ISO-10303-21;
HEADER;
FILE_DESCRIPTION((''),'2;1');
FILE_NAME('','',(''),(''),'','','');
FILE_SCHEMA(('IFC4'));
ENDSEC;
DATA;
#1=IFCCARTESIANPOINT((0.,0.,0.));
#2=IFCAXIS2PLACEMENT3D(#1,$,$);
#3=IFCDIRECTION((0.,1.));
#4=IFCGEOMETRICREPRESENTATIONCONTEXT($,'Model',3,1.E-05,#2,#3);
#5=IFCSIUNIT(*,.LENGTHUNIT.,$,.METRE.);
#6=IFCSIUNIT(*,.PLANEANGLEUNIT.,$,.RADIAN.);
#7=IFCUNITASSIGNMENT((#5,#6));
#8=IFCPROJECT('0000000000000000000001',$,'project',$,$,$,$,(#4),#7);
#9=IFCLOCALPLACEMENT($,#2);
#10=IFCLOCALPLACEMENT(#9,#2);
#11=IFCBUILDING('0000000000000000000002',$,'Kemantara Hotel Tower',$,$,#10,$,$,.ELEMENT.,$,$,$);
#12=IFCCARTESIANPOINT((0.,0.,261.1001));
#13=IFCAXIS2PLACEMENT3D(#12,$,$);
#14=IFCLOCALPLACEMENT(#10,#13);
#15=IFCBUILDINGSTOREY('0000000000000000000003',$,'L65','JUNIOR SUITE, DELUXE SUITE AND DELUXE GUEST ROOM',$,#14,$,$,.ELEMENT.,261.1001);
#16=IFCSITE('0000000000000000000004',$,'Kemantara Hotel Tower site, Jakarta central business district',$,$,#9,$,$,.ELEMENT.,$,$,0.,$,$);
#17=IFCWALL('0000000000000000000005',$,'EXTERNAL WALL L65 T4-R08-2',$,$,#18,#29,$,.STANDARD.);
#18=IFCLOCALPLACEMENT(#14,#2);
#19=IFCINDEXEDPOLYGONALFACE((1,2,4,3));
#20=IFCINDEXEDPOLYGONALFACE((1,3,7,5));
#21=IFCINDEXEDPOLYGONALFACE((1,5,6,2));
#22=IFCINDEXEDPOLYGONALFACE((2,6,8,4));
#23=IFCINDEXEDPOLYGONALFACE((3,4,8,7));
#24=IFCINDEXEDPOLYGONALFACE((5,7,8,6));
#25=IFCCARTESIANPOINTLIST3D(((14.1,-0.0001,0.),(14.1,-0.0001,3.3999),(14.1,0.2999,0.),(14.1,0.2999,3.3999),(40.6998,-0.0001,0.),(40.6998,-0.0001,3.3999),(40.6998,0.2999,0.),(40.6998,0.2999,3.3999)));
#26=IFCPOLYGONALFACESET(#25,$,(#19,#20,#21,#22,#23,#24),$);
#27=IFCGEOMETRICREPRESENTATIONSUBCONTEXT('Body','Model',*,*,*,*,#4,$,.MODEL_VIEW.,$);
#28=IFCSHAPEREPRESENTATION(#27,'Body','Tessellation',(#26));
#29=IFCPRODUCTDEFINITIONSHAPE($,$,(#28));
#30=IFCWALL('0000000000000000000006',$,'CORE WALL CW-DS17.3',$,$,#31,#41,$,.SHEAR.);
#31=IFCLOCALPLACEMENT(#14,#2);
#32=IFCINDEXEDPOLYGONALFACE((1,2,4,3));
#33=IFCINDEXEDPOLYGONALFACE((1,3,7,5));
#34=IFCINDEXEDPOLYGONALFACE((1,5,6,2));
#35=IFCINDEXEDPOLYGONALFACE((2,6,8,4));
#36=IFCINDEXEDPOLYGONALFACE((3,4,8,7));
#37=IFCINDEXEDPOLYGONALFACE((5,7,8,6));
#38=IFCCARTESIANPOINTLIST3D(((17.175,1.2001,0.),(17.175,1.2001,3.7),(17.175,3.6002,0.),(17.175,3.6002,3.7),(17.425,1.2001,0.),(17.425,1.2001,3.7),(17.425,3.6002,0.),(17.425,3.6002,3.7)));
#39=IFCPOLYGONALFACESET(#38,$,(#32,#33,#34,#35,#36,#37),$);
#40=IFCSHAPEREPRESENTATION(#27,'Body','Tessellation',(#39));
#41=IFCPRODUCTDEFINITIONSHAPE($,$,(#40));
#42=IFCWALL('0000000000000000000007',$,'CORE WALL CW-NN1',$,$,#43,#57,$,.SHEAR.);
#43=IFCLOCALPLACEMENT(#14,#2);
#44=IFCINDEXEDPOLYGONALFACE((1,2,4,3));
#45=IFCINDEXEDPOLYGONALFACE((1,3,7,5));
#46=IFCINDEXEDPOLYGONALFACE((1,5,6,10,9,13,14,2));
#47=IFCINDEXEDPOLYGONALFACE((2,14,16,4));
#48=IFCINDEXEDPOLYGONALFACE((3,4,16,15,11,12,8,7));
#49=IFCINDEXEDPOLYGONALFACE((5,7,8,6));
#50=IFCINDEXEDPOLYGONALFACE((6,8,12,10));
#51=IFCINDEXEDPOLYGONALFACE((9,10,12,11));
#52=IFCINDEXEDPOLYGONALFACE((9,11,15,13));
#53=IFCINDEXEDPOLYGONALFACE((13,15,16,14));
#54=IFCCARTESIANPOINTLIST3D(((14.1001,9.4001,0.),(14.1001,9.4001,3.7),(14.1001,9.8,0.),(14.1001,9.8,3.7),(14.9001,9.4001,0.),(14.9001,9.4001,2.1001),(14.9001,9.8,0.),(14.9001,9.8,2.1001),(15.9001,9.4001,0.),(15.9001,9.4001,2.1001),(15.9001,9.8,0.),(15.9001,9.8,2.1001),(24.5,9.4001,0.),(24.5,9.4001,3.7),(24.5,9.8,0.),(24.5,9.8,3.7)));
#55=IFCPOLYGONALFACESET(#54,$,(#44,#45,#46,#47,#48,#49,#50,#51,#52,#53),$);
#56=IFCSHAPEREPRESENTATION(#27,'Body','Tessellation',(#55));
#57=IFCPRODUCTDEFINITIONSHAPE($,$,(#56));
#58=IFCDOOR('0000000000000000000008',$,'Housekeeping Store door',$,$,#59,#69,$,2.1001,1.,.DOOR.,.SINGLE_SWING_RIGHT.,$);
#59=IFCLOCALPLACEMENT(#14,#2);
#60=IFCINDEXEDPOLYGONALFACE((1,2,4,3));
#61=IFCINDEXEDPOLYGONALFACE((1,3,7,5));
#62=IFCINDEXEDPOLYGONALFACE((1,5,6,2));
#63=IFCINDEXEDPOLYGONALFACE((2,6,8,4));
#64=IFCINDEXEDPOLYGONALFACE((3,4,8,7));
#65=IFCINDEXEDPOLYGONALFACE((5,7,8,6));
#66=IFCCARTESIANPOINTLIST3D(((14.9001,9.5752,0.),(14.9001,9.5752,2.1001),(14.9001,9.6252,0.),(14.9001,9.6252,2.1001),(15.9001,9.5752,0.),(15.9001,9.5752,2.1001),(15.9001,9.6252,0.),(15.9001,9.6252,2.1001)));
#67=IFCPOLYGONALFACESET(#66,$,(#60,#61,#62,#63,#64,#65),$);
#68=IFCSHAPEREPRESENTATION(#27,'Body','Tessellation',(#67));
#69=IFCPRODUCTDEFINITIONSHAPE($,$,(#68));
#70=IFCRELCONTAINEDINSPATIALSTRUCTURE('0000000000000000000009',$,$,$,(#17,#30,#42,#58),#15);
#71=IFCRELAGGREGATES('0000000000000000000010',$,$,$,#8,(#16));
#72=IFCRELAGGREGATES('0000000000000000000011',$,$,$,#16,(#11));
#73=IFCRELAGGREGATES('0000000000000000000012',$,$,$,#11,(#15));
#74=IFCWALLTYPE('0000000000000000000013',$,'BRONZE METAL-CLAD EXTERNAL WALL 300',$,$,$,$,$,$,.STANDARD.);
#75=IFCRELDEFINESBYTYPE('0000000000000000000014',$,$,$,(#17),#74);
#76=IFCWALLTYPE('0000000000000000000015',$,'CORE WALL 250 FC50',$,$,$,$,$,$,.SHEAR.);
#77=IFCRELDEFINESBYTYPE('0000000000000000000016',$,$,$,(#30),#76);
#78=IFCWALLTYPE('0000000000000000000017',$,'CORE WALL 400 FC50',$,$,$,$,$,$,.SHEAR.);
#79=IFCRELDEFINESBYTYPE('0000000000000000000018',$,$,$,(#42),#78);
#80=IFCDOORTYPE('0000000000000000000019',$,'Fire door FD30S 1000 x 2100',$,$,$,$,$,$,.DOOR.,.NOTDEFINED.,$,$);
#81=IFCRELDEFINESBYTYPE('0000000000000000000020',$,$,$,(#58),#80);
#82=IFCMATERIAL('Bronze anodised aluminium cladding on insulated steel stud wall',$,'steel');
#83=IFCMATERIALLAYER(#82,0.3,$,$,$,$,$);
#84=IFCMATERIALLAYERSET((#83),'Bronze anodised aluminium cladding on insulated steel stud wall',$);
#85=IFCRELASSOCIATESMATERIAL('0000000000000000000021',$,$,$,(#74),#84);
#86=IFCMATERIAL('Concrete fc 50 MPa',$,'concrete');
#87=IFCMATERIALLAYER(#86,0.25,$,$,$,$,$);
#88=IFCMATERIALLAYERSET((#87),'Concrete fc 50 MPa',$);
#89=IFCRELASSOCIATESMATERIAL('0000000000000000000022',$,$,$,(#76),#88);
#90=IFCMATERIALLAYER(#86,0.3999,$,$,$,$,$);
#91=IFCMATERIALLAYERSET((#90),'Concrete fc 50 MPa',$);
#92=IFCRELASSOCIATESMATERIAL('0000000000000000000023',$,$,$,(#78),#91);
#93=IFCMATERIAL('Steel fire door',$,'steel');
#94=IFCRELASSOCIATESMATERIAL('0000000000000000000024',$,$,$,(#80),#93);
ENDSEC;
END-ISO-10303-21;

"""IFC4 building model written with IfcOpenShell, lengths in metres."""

from ifc_helpers import new_model, si_unit, direction, frame, frame_2d, origin, place, context, subcontext, project, spatial, rectangle, extrude, material, layer, layer_set, type_object, element, fill, save


model = new_model("IFC4")

# Units and contexts
model_context = context("Model", 3, precision=1e-05, world=origin(), true_north=direction((0.0, 1.0)))
body_context = subcontext(model_context, "Body", "Model", "MODEL_VIEW")
ifc_project = project(units=[si_unit("LENGTHUNIT", "METRE"), si_unit("PLANEANGLEUNIT", "RADIAN")], contexts=[model_context])

# Site, building, storey
site_placement = place(None, origin())
site = spatial("IfcSite", under=ifc_project, at=site_placement, Name="Kemantara Hotel Tower site, Jakarta central business district", CompositionType="ELEMENT", RefElevation=0.0)
building_placement = place(site_placement, origin())
building = spatial("IfcBuilding", under=site, at=building_placement, Name="Kemantara Hotel Tower", CompositionType="ELEMENT")
storey_placement = place(building_placement, frame((0.0, 0.0, 261.1001)))
storey = spatial("IfcBuildingStorey", under=building, at=storey_placement, Name="L65", Description="JUNIOR SUITE, DELUXE SUITE AND DELUXE GUEST ROOM", CompositionType="ELEMENT", Elevation=261.1001)

# Walls
ifc_material_1 = material(Name="Bronze anodised aluminium cladding on insulated steel stud wall", Category="steel")
ifc_layer_1 = layer(ifc_material_1, 0.3)
ifc_layer_set_1 = layer_set([ifc_layer_1], Name="Bronze anodised aluminium cladding on insulated steel stud wall")
wall_type_1 = type_object("IfcWallType", Name="BRONZE METAL-CLAD EXTERNAL WALL 300", PredefinedType="STANDARD", material=ifc_layer_set_1)
wall_1_placement = place(storey_placement, frame((14.1001, 0.1499, 0.0), z_axis=(0.0, 0.0, 1.0), x_axis=(1.0, 0.0, 0.0)))
element("IfcWall", 1, at=wall_1_placement, inside=storey, type_object=wall_type_1, Name="EXTERNAL WALL L65 T4-R08-2", PredefinedType="STANDARD", context=body_context, shape_type="SweptSolid", body=[
    extrude(rectangle(XDim=26.5999, YDim=0.3, at=frame_2d((13.2998, 0.0))), origin(), (0.0, 0.0, 1.0), 3.3999),
])
ifc_material_2 = material(Name="Concrete fc 50 MPa", Category="concrete")
ifc_layer_2 = layer(ifc_material_2, 0.25)
ifc_layer_set_2 = layer_set([ifc_layer_2], Name="Concrete fc 50 MPa")
wall_type_2 = type_object("IfcWallType", Name="CORE WALL 250 FC50", PredefinedType="SHEAR", material=ifc_layer_set_2)
wall_2_placement = place(storey_placement, frame((17.3, 1.2, 0.0), z_axis=(0.0, 0.0, 1.0), x_axis=(0.0, 1.0, 0.0)))
element("IfcWall", 2, at=wall_2_placement, inside=storey, type_object=wall_type_2, Name="CORE WALL CW-DS17.3", PredefinedType="SHEAR", context=body_context, shape_type="SweptSolid", body=[
    extrude(rectangle(XDim=2.4001, YDim=0.25, at=frame_2d((1.2002, 0.0))), origin(), (0.0, 0.0, 1.0), 3.7),
])

# Wall, opening, door
ifc_layer_3 = layer(ifc_material_2, 0.3999)
ifc_layer_set_3 = layer_set([ifc_layer_3], Name="Concrete fc 50 MPa")
wall_type_3 = type_object("IfcWallType", Name="CORE WALL 400 FC50", PredefinedType="SHEAR", material=ifc_layer_set_3)
wall_3_placement = place(storey_placement, frame((14.1001, 9.6001, 0.0), z_axis=(0.0, 0.0, 1.0), x_axis=(1.0, 0.0, 0.0)))
wall_3 = element("IfcWall", 3, at=wall_3_placement, inside=storey, type_object=wall_type_3, Name="CORE WALL CW-NN1", PredefinedType="SHEAR", context=body_context, shape_type="SweptSolid", body=[
    extrude(rectangle(XDim=10.3999, YDim=0.3999, at=frame_2d((5.2, 0.0))), origin(), (0.0, 0.0, 1.0), 3.7),
])
opening_1_placement = place(wall_3_placement, frame((0.8, 0.0, 0.0)))
opening_1 = element("IfcOpeningElement", 4, at=opening_1_placement, cuts=wall_3, PredefinedType="OPENING", context=body_context, shape_type="SweptSolid", body=[
    extrude(rectangle(XDim=1.0, YDim=2.1001, at=frame_2d((0.5, 1.05))), frame((0.0, 0.21, 0.0), z_axis=(0.0, -1.0, 0.0), x_axis=(1.0, 0.0, 0.0)), (0.0, 0.0, 1.0), 0.4199),
])
ifc_material_3 = material(Name="Steel fire door", Category="steel")
door_type_1 = type_object("IfcDoorType", Name="Fire door FD30S 1000 x 2100", OperationType="NOTDEFINED", PredefinedType="DOOR", material=ifc_material_3)
door_1_placement = place(opening_1_placement, frame((1.0, 0.0, 0.0), z_axis=(0.0, 0.0, 1.0), x_axis=(-1.0, 0.0, 0.0)))
door_1 = element("IfcDoor", 5, at=door_1_placement, inside=storey, type_object=door_type_1, Name="Housekeeping Store door", OperationType="SINGLE_SWING_RIGHT", OverallHeight=2.1001, OverallWidth=1.0, PredefinedType="DOOR", context=body_context, shape_type="SweptSolid", body=[
    extrude(rectangle(XDim=1.0, YDim=2.1001, at=frame_2d((0.5, 1.05))), frame((0.0, 0.0249, 0.0), z_axis=(0.0, -1.0, 0.0), x_axis=(1.0, 0.0, 0.0)), (0.0, 0.0, 1.0), 0.05),
])
fill(opening_1, door_1)

save(model, "model.ifc")
